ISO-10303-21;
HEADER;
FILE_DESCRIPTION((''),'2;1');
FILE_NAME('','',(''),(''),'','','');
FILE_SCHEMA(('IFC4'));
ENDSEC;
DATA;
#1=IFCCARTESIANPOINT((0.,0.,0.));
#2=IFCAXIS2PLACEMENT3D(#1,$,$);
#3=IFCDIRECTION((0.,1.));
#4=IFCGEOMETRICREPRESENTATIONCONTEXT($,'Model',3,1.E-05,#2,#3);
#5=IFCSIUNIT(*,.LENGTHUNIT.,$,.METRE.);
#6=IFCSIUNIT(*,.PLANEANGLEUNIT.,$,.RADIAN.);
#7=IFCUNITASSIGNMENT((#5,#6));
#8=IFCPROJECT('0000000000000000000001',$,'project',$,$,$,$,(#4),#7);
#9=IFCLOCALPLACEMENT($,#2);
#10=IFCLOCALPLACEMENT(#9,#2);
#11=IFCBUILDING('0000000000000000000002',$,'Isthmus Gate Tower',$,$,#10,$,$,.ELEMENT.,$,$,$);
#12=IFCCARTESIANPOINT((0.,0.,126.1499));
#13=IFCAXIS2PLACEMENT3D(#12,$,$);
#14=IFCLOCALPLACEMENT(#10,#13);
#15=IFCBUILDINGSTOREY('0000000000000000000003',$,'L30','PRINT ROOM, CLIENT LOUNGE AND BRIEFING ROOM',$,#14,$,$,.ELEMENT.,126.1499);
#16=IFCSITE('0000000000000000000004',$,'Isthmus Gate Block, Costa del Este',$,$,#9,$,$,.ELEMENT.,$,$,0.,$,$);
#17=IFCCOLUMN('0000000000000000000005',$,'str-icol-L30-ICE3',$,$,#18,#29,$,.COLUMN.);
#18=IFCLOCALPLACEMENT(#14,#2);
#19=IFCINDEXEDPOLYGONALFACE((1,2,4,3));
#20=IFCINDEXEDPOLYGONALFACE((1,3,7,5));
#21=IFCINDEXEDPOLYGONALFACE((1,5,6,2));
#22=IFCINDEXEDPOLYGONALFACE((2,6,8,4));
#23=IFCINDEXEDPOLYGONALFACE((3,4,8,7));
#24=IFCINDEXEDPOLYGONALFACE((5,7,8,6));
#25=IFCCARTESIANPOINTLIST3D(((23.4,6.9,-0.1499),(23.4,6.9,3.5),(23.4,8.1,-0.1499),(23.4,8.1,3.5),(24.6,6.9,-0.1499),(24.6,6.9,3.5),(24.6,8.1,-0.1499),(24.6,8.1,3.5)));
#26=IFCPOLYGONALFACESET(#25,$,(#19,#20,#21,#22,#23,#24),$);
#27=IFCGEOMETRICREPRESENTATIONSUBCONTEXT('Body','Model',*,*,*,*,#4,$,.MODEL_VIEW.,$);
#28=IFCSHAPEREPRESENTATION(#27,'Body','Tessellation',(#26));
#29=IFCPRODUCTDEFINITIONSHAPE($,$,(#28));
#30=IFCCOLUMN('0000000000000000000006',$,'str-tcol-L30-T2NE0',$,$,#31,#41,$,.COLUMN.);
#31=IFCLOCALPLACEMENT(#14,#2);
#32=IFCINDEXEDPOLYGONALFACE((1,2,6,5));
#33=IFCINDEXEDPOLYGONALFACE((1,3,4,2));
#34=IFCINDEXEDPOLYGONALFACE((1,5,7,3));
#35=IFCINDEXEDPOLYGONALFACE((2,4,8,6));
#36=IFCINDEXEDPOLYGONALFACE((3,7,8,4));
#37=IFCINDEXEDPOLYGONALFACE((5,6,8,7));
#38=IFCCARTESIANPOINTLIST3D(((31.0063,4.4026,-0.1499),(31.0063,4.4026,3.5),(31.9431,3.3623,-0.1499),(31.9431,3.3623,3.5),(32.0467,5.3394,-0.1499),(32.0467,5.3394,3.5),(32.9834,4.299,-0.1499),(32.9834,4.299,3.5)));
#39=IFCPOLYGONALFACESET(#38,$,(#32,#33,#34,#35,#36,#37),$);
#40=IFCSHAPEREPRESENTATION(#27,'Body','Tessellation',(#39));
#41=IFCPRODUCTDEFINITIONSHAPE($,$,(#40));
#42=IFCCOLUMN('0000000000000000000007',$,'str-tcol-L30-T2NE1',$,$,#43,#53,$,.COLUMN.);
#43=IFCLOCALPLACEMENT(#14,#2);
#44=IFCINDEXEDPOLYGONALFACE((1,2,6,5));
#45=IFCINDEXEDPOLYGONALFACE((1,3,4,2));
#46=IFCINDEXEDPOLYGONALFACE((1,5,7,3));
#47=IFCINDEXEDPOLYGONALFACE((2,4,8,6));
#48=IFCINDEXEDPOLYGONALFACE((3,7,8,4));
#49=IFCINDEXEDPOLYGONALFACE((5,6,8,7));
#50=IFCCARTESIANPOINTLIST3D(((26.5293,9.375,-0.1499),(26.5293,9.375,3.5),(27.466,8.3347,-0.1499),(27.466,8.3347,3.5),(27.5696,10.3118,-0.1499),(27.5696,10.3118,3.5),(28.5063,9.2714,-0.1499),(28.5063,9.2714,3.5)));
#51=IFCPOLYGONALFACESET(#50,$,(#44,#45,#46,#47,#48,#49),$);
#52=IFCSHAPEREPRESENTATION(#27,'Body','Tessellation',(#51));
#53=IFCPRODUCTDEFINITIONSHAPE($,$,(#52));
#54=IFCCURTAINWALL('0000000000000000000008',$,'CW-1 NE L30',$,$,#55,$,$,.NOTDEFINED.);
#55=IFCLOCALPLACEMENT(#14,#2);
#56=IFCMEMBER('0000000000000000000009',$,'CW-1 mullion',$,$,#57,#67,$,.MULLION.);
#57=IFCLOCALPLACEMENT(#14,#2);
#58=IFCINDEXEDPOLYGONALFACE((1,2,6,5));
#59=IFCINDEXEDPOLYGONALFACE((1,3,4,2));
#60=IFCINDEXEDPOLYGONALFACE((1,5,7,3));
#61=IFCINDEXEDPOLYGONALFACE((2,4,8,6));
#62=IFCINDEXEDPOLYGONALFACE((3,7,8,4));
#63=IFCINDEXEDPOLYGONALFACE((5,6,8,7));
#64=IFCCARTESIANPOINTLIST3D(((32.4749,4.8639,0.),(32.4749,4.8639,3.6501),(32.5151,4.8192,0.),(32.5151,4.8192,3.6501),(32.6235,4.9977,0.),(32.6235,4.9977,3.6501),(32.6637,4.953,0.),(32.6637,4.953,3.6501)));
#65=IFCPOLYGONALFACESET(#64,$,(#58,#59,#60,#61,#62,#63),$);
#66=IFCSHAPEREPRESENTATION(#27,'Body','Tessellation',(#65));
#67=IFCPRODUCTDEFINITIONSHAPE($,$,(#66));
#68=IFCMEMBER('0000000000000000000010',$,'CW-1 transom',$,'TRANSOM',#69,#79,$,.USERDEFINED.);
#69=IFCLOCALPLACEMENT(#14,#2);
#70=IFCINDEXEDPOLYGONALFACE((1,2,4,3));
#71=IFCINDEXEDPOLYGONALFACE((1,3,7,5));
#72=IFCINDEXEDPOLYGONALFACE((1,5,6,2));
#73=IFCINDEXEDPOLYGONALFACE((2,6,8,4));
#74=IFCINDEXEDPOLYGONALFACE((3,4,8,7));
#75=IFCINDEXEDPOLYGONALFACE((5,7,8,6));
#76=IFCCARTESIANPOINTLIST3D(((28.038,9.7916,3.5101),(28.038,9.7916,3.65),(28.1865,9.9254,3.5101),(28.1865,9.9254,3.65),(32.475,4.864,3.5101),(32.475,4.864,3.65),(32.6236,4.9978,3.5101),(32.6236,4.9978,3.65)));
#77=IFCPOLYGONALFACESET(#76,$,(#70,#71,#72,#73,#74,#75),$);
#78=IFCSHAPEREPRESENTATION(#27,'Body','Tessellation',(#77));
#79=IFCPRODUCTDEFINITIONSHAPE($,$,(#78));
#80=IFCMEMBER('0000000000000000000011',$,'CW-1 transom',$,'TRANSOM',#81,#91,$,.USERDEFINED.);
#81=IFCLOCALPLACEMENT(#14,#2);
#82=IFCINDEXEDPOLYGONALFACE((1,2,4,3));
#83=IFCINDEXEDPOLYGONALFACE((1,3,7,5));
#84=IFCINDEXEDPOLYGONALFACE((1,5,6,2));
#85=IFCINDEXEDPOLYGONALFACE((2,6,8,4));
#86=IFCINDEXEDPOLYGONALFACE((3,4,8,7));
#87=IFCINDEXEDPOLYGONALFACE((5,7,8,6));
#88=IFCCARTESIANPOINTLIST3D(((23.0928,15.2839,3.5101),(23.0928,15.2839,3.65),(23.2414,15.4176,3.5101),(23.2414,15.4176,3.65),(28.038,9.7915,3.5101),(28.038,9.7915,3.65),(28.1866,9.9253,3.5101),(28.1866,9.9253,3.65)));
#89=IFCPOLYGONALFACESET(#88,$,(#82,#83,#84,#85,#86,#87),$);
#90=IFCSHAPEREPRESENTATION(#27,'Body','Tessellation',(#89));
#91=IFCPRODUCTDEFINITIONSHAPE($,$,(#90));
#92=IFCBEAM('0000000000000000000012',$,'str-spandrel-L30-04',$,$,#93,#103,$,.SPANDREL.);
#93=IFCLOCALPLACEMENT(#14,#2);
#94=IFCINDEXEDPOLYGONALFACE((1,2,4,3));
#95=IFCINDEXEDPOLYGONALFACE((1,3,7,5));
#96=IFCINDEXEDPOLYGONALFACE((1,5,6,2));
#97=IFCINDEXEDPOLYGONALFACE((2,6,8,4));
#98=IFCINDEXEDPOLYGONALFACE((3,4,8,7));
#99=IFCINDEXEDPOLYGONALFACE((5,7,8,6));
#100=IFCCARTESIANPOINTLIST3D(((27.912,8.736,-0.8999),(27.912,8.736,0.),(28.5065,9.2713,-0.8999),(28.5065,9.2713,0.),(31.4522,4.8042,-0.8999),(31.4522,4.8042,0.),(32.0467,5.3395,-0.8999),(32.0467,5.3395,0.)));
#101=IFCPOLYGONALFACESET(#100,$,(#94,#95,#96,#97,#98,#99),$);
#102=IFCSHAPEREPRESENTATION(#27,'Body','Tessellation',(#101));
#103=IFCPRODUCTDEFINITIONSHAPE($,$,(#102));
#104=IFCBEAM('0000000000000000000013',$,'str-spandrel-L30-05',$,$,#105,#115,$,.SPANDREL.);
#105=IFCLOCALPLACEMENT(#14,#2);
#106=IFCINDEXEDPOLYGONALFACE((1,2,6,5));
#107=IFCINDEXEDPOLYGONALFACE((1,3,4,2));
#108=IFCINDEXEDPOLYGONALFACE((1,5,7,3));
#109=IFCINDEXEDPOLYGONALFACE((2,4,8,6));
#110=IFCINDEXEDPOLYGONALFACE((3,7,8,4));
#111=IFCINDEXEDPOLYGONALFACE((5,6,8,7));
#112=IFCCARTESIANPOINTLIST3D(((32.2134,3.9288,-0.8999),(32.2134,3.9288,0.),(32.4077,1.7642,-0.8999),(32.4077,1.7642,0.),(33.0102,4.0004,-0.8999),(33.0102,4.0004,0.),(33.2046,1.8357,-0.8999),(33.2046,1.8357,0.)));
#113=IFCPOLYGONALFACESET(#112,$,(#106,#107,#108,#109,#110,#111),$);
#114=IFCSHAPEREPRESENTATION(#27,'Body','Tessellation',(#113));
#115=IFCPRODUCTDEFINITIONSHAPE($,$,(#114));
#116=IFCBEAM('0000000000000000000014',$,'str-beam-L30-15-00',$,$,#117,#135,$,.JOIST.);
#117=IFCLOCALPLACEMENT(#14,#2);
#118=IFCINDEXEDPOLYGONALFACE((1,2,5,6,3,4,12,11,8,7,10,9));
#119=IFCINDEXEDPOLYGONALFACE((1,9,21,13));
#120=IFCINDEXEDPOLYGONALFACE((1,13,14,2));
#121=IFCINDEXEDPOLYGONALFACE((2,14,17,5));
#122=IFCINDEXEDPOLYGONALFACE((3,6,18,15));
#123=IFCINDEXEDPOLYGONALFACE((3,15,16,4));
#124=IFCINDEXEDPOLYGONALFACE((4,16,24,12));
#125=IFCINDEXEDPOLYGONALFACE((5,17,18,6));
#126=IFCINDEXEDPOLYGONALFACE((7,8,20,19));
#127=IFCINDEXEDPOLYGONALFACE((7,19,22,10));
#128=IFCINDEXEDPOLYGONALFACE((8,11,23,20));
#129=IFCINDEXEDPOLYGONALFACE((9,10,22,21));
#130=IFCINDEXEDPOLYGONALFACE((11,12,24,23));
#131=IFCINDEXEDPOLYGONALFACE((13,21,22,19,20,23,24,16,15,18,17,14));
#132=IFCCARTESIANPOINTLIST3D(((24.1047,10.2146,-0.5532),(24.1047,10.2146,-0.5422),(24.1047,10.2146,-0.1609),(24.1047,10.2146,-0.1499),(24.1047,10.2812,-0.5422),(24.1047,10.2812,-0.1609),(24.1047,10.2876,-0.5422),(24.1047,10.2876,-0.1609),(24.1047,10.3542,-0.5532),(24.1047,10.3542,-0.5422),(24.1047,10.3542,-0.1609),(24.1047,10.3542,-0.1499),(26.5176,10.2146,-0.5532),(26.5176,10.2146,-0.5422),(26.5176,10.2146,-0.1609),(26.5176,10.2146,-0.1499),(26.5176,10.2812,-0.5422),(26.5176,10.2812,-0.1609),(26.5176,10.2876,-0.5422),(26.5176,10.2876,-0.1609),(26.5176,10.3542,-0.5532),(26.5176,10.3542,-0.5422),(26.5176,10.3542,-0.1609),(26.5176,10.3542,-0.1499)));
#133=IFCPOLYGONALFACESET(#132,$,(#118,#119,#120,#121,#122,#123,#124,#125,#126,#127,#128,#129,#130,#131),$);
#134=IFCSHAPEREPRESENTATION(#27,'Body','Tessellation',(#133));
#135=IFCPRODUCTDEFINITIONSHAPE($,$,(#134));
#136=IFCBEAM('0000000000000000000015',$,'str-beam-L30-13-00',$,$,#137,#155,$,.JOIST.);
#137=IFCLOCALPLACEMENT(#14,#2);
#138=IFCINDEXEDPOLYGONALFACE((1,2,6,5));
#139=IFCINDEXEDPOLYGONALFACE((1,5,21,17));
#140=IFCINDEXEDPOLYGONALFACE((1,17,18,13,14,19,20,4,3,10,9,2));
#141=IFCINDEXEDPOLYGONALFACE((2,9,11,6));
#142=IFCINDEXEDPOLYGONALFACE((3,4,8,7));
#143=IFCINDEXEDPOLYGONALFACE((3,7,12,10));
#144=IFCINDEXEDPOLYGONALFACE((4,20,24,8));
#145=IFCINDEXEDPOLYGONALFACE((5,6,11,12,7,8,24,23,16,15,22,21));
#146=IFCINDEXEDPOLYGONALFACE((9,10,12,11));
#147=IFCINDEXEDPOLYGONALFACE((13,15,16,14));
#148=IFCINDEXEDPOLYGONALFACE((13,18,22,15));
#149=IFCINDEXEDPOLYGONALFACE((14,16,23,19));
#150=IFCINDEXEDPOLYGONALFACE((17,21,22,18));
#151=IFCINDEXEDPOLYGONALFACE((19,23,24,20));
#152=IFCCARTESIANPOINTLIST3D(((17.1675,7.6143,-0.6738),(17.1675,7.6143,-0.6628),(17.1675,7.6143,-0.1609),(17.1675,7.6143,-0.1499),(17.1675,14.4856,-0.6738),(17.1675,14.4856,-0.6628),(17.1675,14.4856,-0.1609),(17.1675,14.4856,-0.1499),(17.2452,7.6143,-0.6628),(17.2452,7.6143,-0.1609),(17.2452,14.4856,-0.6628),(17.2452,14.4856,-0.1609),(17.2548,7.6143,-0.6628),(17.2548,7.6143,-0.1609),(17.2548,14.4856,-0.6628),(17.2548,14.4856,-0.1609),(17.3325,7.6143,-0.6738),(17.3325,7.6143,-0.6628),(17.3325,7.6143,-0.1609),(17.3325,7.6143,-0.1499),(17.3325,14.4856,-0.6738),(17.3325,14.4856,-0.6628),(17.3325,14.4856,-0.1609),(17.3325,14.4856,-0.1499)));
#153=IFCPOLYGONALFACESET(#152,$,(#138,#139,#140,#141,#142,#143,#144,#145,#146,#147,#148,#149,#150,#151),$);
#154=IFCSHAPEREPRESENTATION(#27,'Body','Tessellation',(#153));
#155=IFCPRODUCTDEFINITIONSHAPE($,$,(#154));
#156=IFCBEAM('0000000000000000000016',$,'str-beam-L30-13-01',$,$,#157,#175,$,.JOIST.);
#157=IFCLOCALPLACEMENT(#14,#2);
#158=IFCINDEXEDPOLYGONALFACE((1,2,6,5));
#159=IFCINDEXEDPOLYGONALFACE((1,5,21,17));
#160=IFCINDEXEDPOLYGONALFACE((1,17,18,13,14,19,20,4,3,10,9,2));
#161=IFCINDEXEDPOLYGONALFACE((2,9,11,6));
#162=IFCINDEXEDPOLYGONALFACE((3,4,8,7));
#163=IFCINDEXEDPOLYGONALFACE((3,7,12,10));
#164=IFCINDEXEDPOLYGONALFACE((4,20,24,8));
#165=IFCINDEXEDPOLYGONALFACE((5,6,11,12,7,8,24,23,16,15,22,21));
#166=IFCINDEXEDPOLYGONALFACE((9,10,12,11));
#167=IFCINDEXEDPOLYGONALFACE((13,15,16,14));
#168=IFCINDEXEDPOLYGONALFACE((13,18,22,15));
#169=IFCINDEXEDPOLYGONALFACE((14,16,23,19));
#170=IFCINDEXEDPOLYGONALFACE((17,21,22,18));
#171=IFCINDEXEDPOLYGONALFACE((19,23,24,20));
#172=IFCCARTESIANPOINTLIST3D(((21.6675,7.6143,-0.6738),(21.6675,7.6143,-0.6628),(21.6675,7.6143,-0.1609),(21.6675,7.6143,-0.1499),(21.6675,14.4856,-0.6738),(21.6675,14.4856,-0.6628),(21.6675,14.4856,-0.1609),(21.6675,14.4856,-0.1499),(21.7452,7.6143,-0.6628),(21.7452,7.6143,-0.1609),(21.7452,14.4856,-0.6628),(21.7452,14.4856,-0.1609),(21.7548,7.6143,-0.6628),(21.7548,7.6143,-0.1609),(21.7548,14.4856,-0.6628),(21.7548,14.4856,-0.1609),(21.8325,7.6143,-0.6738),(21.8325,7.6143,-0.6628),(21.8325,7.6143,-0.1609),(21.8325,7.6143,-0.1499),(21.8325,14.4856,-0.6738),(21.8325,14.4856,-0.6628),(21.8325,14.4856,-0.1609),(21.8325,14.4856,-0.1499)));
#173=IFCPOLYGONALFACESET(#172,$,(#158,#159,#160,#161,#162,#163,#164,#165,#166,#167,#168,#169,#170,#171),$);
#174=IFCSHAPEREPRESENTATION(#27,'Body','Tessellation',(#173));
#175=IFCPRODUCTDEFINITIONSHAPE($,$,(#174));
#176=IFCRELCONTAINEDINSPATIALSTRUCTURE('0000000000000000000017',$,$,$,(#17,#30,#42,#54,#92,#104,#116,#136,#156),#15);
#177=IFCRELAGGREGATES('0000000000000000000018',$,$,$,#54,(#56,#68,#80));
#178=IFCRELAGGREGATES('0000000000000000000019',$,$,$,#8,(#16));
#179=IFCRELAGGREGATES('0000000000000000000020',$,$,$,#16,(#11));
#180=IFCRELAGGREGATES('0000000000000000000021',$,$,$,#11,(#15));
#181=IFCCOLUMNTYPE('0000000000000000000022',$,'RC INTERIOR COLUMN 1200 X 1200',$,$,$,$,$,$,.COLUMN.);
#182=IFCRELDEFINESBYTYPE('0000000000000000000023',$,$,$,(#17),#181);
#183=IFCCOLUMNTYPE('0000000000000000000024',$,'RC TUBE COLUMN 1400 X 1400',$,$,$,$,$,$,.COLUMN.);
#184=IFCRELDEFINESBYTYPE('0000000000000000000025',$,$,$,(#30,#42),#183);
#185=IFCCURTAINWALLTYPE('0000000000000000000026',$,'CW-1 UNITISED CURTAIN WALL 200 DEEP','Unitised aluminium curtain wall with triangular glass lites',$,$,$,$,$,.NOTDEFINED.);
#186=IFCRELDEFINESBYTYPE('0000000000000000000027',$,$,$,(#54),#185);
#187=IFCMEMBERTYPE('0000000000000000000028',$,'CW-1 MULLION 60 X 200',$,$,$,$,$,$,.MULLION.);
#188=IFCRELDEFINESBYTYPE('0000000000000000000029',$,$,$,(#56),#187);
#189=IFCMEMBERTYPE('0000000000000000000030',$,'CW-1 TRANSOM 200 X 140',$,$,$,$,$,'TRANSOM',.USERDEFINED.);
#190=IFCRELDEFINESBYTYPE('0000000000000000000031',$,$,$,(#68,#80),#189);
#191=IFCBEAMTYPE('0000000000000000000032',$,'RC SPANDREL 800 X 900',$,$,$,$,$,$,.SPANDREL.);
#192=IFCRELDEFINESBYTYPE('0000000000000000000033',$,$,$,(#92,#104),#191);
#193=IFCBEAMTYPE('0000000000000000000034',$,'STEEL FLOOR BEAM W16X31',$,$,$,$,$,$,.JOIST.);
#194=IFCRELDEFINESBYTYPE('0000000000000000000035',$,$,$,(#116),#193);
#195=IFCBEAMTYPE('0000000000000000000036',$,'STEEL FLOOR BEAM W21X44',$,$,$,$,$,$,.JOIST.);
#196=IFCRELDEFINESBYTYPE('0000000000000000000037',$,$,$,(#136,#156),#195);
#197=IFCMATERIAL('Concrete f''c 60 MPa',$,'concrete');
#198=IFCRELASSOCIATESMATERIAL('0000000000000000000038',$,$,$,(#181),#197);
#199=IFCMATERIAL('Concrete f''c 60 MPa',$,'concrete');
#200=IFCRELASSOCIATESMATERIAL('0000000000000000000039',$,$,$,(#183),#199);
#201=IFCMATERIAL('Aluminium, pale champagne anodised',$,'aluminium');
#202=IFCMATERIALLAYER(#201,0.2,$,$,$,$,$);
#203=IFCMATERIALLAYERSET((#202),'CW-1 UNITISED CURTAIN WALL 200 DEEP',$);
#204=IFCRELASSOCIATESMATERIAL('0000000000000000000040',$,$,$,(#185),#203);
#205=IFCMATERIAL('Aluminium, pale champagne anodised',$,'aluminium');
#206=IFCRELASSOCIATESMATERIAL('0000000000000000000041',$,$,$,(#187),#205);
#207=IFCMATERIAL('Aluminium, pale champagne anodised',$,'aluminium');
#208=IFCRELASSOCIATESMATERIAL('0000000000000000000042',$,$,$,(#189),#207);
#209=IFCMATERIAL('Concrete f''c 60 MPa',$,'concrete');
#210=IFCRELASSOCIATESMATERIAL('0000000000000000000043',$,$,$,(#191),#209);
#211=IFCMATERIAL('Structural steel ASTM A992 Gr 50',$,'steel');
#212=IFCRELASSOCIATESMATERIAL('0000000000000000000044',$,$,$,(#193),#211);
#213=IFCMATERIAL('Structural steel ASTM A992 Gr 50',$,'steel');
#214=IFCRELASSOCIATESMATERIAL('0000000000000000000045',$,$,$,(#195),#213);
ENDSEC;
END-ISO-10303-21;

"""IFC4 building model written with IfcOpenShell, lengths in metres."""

from ifc_helpers import new_model, si_unit, direction, frame, origin, origin_2d, place, context, subcontext, project, spatial, rectangle, i_section, extrude, material, layer, layer_set, material_profile, profile_set, type_object, element, aggregate, save


model = new_model("IFC4")

# Units and contexts
model_context = context("Model", 3, precision=1e-05, world=origin(), true_north=direction((0.0, 1.0)))
body_context = subcontext(model_context, "Body", "Model", "MODEL_VIEW")
ifc_project = project(units=[si_unit("LENGTHUNIT", "METRE"), si_unit("PLANEANGLEUNIT", "RADIAN")], contexts=[model_context])

# Site, building, storey
site_placement = place(None, origin())
site = spatial("IfcSite", under=ifc_project, at=site_placement, Name="Isthmus Gate Block, Costa del Este", CompositionType="ELEMENT", RefElevation=0.0)
building_placement = place(site_placement, origin())
building = spatial("IfcBuilding", under=site, at=building_placement, Name="Isthmus Gate Tower", CompositionType="ELEMENT")
storey_placement = place(building_placement, frame((0.0, 0.0, 126.1499)))
storey = spatial("IfcBuildingStorey", under=building, at=storey_placement, Name="L30", Description="PRINT ROOM, CLIENT LOUNGE AND BRIEFING ROOM", CompositionType="ELEMENT", Elevation=126.1499)

# Columns
ifc_material_1 = material(Name="Concrete f'c 60 MPa", Category="concrete")
ifc_material_profile_1 = material_profile(ifc_material_1, rectangle(XDim=1.2, YDim=1.2, at=origin_2d()), Name="RC 1200X1200")
ifc_profile_set_1 = profile_set([ifc_material_profile_1], Name="Concrete f'c 60 MPa")
column_type_1 = type_object("IfcColumnType", Name="RC INTERIOR COLUMN 1200 X 1200", PredefinedType="COLUMN", material=ifc_profile_set_1)
column_placement = place(storey_placement, frame((24.0, 7.5, -0.1499), z_axis=(0.0, 0.0, 1.0), x_axis=(1.0, 0.0, 0.0)))
element("IfcColumn", 1, at=column_placement, inside=storey, type_object=column_type_1, Name="str-icol-L30-ICE3", PredefinedType="COLUMN", context=body_context, shape_type="SweptSolid", body=[
    extrude(rectangle(XDim=1.2, YDim=1.2, at=origin_2d()), origin(), (0.0, 0.0, 1.0), 3.6499),
])
ifc_material_2 = material(Name="Concrete f'c 60 MPa", Category="concrete")
ifc_material_profile_2 = material_profile(ifc_material_2, rectangle(XDim=1.3999, YDim=1.3999, at=origin_2d()), Name="RC 1400X1400")
ifc_profile_set_2 = profile_set([ifc_material_profile_2], Name="Concrete f'c 60 MPa")
column_type_2 = type_object("IfcColumnType", Name="RC TUBE COLUMN 1400 X 1400", PredefinedType="COLUMN", material=ifc_profile_set_2)
for number, where, z_axis, x_axis, name in (
    (2, (31.9949, 4.3508, -0.1499), (0.0, 0.0, 1.0), (-0.669131, 0.743145, 0.0), "str-tcol-L30-T2NE0"),
    (3, (27.5178, 9.3232, -0.1499), (0.0, 0.0, 1.0), (-0.669131, 0.743145, 0.0), "str-tcol-L30-T2NE1"),
):
    element("IfcColumn", number, at=place(storey_placement, frame(where, z_axis=z_axis, x_axis=x_axis)), inside=storey, type_object=column_type_2, Name=name, PredefinedType="COLUMN", context=body_context, shape_type="SweptSolid", body=[
        extrude(rectangle(XDim=1.3999, YDim=1.3999, at=origin_2d()), origin(), (0.0, 0.0, 1.0), 3.6499),
    ])

# Curtain wall, members
ifc_material_3 = material(Name="Aluminium, pale champagne anodised", Category="aluminium")
ifc_layer_1 = layer(ifc_material_3, 0.2)
ifc_layer_set_1 = layer_set([ifc_layer_1], Name="CW-1 UNITISED CURTAIN WALL 200 DEEP")
curtain_wall_type = type_object("IfcCurtainWallType", Name="CW-1 UNITISED CURTAIN WALL 200 DEEP", Description="Unitised aluminium curtain wall with triangular glass lites", PredefinedType="NOTDEFINED", material=ifc_layer_set_1)
curtain_wall_placement = place(storey_placement, origin())
curtain_wall = element("IfcCurtainWall", 4, at=curtain_wall_placement, inside=storey, type_object=curtain_wall_type, Name="CW-1 NE L30", PredefinedType="NOTDEFINED")
ifc_material_4 = material(Name="Aluminium, pale champagne anodised", Category="aluminium")
ifc_material_profile_3 = material_profile(ifc_material_4, rectangle(XDim=0.0601, YDim=0.2, at=origin_2d()), Name="60x200")
ifc_profile_set_3 = profile_set([ifc_material_profile_3], Name="Aluminium, pale champagne anodised")
member_type_1 = type_object("IfcMemberType", Name="CW-1 MULLION 60 X 200", PredefinedType="MULLION", material=ifc_profile_set_3)
member_1_placement = place(storey_placement, frame((32.5693, 4.9084, 0.0), z_axis=(0.0, 0.0, 1.0), x_axis=(-0.669131, 0.743145, 0.0)))
member_1 = element("IfcMember", 5, at=member_1_placement, type_object=member_type_1, Name="CW-1 mullion", PredefinedType="MULLION", context=body_context, shape_type="SweptSolid", body=[
    extrude(rectangle(XDim=0.0601, YDim=0.2, at=origin_2d()), origin(), (0.0, 0.0, 1.0), 3.6501),
])
ifc_material_5 = material(Name="Aluminium, pale champagne anodised", Category="aluminium")
ifc_material_profile_4 = material_profile(ifc_material_5, rectangle(XDim=0.2, YDim=0.1399, at=origin_2d()), Name="200x140")
ifc_profile_set_4 = profile_set([ifc_material_profile_4], Name="Aluminium, pale champagne anodised")
member_type_2 = type_object("IfcMemberType", Name="CW-1 TRANSOM 200 X 140", ElementType="TRANSOM", PredefinedType="USERDEFINED", material=ifc_profile_set_4)
member_2_placement = place(storey_placement, frame((32.5493, 4.9309, 3.5801), z_axis=(-0.669154, 0.743124, 0.0), x_axis=(-0.743124, -0.669154, 0.0)))
member_2 = element("IfcMember", 6, at=member_2_placement, type_object=member_type_2, Name="CW-1 transom", ObjectType="TRANSOM", PredefinedType="USERDEFINED", context=body_context, shape_type="SweptSolid", body=[
    extrude(rectangle(XDim=0.2, YDim=0.1399, at=origin_2d()), origin(), (0.0, 0.0, 1.0), 6.6309),
])
member_3_placement = place(storey_placement, frame((28.1123, 9.8584, 3.5801), z_axis=(-0.669123, 0.743151, 0.0), x_axis=(-0.743151, -0.669123, 0.0)))
member_3 = element("IfcMember", 7, at=member_3_placement, type_object=member_type_2, Name="CW-1 transom", ObjectType="TRANSOM", PredefinedType="USERDEFINED", context=body_context, shape_type="SweptSolid", body=[
    extrude(rectangle(XDim=0.2, YDim=0.1399, at=origin_2d()), origin(), (0.0, 0.0, 1.0), 7.3906),
])

# Beams
ifc_material_6 = material(Name="Concrete f'c 60 MPa", Category="concrete")
ifc_material_profile_5 = material_profile(ifc_material_6, rectangle(XDim=0.8, YDim=0.8999, at=origin_2d()), Name="RC 800X900")
ifc_profile_set_5 = profile_set([ifc_material_profile_5], Name="Concrete f'c 60 MPa")
beam_type_1 = type_object("IfcBeamType", Name="RC SPANDREL 800 X 900", PredefinedType="SPANDREL", material=ifc_profile_set_5)
beam_1_placement = place(storey_placement, frame((28.2092, 9.0037, -0.45), z_axis=(0.66913, -0.743145, 0.0), x_axis=(0.743145, 0.66913, 0.0)))
element("IfcBeam", 8, at=beam_1_placement, inside=storey, type_object=beam_type_1, Name="str-spandrel-L30-04", PredefinedType="SPANDREL", context=body_context, shape_type="SweptSolid", body=[
    extrude(rectangle(XDim=0.8, YDim=0.8999, at=origin_2d()), origin(), (0.0, 0.0, 1.0), 5.2908),
])
beam_2_placement = place(storey_placement, frame((32.6118, 3.9646, -0.45), z_axis=(0.089422, -0.995994, 0.0), x_axis=(0.995994, 0.089422, 0.0)))
element("IfcBeam", 9, at=beam_2_placement, inside=storey, type_object=beam_type_1, Name="str-spandrel-L30-05", PredefinedType="SPANDREL", context=body_context, shape_type="SweptSolid", body=[
    extrude(rectangle(XDim=0.8, YDim=0.8999, at=origin_2d()), origin(), (0.0, 0.0, 1.0), 2.1733),
])
ifc_material_7 = material(Name="Structural steel ASTM A992 Gr 50", Category="steel")
ifc_material_profile_6 = material_profile(ifc_material_7, i_section(OverallWidth=0.1396, OverallDepth=0.4033, WebThickness=0.0063, FlangeThickness=0.011, at=origin_2d()), Name="W16X31")
ifc_profile_set_6 = profile_set([ifc_material_profile_6], Name="Structural steel ASTM A992 Gr 50")
beam_type_2 = type_object("IfcBeamType", Name="STEEL FLOOR BEAM W16X31", PredefinedType="JOIST", material=ifc_profile_set_6)
beam_3_placement = place(storey_placement, frame((24.1047, 10.2844, -0.3516), z_axis=(1.0, 0.0, 0.0), x_axis=(0.0, 1.0, 0.0)))
element("IfcBeam", 10, at=beam_3_placement, inside=storey, type_object=beam_type_2, Name="str-beam-L30-15-00", PredefinedType="JOIST", context=body_context, shape_type="SweptSolid", body=[
    extrude(i_section(OverallWidth=0.1396, OverallDepth=0.4033, WebThickness=0.0063, FlangeThickness=0.011, at=origin_2d()), origin(), (0.0, 0.0, 1.0), 2.4128),
])
ifc_material_8 = material(Name="Structural steel ASTM A992 Gr 50", Category="steel")
ifc_material_profile_7 = material_profile(ifc_material_8, i_section(OverallWidth=0.165, OverallDepth=0.5239, WebThickness=0.0095, FlangeThickness=0.011, at=origin_2d()), Name="W21X44")
ifc_profile_set_7 = profile_set([ifc_material_profile_7], Name="Structural steel ASTM A992 Gr 50")
beam_type_3 = type_object("IfcBeamType", Name="STEEL FLOOR BEAM W21X44", PredefinedType="JOIST", material=ifc_profile_set_7)
for number, where, z_axis, x_axis, name in (
    (11, (17.25, 7.6143, -0.4119), (0.0, 1.0, 0.0), (-1.0, 0.0, 0.0), "str-beam-L30-13-00"),
    (12, (21.75, 7.6143, -0.4119), (0.0, 1.0, 0.0), (-1.0, 0.0, 0.0), "str-beam-L30-13-01"),
):
    element("IfcBeam", number, at=place(storey_placement, frame(where, z_axis=z_axis, x_axis=x_axis)), inside=storey, type_object=beam_type_3, Name=name, PredefinedType="JOIST", context=body_context, shape_type="SweptSolid", body=[
        extrude(i_section(OverallWidth=0.165, OverallDepth=0.5239, WebThickness=0.0095, FlangeThickness=0.011, at=origin_2d()), origin(), (0.0, 0.0, 1.0), 6.8713),
    ])

aggregate(curtain_wall, [member_1, member_2, member_3])

save(model, "model.ifc")
